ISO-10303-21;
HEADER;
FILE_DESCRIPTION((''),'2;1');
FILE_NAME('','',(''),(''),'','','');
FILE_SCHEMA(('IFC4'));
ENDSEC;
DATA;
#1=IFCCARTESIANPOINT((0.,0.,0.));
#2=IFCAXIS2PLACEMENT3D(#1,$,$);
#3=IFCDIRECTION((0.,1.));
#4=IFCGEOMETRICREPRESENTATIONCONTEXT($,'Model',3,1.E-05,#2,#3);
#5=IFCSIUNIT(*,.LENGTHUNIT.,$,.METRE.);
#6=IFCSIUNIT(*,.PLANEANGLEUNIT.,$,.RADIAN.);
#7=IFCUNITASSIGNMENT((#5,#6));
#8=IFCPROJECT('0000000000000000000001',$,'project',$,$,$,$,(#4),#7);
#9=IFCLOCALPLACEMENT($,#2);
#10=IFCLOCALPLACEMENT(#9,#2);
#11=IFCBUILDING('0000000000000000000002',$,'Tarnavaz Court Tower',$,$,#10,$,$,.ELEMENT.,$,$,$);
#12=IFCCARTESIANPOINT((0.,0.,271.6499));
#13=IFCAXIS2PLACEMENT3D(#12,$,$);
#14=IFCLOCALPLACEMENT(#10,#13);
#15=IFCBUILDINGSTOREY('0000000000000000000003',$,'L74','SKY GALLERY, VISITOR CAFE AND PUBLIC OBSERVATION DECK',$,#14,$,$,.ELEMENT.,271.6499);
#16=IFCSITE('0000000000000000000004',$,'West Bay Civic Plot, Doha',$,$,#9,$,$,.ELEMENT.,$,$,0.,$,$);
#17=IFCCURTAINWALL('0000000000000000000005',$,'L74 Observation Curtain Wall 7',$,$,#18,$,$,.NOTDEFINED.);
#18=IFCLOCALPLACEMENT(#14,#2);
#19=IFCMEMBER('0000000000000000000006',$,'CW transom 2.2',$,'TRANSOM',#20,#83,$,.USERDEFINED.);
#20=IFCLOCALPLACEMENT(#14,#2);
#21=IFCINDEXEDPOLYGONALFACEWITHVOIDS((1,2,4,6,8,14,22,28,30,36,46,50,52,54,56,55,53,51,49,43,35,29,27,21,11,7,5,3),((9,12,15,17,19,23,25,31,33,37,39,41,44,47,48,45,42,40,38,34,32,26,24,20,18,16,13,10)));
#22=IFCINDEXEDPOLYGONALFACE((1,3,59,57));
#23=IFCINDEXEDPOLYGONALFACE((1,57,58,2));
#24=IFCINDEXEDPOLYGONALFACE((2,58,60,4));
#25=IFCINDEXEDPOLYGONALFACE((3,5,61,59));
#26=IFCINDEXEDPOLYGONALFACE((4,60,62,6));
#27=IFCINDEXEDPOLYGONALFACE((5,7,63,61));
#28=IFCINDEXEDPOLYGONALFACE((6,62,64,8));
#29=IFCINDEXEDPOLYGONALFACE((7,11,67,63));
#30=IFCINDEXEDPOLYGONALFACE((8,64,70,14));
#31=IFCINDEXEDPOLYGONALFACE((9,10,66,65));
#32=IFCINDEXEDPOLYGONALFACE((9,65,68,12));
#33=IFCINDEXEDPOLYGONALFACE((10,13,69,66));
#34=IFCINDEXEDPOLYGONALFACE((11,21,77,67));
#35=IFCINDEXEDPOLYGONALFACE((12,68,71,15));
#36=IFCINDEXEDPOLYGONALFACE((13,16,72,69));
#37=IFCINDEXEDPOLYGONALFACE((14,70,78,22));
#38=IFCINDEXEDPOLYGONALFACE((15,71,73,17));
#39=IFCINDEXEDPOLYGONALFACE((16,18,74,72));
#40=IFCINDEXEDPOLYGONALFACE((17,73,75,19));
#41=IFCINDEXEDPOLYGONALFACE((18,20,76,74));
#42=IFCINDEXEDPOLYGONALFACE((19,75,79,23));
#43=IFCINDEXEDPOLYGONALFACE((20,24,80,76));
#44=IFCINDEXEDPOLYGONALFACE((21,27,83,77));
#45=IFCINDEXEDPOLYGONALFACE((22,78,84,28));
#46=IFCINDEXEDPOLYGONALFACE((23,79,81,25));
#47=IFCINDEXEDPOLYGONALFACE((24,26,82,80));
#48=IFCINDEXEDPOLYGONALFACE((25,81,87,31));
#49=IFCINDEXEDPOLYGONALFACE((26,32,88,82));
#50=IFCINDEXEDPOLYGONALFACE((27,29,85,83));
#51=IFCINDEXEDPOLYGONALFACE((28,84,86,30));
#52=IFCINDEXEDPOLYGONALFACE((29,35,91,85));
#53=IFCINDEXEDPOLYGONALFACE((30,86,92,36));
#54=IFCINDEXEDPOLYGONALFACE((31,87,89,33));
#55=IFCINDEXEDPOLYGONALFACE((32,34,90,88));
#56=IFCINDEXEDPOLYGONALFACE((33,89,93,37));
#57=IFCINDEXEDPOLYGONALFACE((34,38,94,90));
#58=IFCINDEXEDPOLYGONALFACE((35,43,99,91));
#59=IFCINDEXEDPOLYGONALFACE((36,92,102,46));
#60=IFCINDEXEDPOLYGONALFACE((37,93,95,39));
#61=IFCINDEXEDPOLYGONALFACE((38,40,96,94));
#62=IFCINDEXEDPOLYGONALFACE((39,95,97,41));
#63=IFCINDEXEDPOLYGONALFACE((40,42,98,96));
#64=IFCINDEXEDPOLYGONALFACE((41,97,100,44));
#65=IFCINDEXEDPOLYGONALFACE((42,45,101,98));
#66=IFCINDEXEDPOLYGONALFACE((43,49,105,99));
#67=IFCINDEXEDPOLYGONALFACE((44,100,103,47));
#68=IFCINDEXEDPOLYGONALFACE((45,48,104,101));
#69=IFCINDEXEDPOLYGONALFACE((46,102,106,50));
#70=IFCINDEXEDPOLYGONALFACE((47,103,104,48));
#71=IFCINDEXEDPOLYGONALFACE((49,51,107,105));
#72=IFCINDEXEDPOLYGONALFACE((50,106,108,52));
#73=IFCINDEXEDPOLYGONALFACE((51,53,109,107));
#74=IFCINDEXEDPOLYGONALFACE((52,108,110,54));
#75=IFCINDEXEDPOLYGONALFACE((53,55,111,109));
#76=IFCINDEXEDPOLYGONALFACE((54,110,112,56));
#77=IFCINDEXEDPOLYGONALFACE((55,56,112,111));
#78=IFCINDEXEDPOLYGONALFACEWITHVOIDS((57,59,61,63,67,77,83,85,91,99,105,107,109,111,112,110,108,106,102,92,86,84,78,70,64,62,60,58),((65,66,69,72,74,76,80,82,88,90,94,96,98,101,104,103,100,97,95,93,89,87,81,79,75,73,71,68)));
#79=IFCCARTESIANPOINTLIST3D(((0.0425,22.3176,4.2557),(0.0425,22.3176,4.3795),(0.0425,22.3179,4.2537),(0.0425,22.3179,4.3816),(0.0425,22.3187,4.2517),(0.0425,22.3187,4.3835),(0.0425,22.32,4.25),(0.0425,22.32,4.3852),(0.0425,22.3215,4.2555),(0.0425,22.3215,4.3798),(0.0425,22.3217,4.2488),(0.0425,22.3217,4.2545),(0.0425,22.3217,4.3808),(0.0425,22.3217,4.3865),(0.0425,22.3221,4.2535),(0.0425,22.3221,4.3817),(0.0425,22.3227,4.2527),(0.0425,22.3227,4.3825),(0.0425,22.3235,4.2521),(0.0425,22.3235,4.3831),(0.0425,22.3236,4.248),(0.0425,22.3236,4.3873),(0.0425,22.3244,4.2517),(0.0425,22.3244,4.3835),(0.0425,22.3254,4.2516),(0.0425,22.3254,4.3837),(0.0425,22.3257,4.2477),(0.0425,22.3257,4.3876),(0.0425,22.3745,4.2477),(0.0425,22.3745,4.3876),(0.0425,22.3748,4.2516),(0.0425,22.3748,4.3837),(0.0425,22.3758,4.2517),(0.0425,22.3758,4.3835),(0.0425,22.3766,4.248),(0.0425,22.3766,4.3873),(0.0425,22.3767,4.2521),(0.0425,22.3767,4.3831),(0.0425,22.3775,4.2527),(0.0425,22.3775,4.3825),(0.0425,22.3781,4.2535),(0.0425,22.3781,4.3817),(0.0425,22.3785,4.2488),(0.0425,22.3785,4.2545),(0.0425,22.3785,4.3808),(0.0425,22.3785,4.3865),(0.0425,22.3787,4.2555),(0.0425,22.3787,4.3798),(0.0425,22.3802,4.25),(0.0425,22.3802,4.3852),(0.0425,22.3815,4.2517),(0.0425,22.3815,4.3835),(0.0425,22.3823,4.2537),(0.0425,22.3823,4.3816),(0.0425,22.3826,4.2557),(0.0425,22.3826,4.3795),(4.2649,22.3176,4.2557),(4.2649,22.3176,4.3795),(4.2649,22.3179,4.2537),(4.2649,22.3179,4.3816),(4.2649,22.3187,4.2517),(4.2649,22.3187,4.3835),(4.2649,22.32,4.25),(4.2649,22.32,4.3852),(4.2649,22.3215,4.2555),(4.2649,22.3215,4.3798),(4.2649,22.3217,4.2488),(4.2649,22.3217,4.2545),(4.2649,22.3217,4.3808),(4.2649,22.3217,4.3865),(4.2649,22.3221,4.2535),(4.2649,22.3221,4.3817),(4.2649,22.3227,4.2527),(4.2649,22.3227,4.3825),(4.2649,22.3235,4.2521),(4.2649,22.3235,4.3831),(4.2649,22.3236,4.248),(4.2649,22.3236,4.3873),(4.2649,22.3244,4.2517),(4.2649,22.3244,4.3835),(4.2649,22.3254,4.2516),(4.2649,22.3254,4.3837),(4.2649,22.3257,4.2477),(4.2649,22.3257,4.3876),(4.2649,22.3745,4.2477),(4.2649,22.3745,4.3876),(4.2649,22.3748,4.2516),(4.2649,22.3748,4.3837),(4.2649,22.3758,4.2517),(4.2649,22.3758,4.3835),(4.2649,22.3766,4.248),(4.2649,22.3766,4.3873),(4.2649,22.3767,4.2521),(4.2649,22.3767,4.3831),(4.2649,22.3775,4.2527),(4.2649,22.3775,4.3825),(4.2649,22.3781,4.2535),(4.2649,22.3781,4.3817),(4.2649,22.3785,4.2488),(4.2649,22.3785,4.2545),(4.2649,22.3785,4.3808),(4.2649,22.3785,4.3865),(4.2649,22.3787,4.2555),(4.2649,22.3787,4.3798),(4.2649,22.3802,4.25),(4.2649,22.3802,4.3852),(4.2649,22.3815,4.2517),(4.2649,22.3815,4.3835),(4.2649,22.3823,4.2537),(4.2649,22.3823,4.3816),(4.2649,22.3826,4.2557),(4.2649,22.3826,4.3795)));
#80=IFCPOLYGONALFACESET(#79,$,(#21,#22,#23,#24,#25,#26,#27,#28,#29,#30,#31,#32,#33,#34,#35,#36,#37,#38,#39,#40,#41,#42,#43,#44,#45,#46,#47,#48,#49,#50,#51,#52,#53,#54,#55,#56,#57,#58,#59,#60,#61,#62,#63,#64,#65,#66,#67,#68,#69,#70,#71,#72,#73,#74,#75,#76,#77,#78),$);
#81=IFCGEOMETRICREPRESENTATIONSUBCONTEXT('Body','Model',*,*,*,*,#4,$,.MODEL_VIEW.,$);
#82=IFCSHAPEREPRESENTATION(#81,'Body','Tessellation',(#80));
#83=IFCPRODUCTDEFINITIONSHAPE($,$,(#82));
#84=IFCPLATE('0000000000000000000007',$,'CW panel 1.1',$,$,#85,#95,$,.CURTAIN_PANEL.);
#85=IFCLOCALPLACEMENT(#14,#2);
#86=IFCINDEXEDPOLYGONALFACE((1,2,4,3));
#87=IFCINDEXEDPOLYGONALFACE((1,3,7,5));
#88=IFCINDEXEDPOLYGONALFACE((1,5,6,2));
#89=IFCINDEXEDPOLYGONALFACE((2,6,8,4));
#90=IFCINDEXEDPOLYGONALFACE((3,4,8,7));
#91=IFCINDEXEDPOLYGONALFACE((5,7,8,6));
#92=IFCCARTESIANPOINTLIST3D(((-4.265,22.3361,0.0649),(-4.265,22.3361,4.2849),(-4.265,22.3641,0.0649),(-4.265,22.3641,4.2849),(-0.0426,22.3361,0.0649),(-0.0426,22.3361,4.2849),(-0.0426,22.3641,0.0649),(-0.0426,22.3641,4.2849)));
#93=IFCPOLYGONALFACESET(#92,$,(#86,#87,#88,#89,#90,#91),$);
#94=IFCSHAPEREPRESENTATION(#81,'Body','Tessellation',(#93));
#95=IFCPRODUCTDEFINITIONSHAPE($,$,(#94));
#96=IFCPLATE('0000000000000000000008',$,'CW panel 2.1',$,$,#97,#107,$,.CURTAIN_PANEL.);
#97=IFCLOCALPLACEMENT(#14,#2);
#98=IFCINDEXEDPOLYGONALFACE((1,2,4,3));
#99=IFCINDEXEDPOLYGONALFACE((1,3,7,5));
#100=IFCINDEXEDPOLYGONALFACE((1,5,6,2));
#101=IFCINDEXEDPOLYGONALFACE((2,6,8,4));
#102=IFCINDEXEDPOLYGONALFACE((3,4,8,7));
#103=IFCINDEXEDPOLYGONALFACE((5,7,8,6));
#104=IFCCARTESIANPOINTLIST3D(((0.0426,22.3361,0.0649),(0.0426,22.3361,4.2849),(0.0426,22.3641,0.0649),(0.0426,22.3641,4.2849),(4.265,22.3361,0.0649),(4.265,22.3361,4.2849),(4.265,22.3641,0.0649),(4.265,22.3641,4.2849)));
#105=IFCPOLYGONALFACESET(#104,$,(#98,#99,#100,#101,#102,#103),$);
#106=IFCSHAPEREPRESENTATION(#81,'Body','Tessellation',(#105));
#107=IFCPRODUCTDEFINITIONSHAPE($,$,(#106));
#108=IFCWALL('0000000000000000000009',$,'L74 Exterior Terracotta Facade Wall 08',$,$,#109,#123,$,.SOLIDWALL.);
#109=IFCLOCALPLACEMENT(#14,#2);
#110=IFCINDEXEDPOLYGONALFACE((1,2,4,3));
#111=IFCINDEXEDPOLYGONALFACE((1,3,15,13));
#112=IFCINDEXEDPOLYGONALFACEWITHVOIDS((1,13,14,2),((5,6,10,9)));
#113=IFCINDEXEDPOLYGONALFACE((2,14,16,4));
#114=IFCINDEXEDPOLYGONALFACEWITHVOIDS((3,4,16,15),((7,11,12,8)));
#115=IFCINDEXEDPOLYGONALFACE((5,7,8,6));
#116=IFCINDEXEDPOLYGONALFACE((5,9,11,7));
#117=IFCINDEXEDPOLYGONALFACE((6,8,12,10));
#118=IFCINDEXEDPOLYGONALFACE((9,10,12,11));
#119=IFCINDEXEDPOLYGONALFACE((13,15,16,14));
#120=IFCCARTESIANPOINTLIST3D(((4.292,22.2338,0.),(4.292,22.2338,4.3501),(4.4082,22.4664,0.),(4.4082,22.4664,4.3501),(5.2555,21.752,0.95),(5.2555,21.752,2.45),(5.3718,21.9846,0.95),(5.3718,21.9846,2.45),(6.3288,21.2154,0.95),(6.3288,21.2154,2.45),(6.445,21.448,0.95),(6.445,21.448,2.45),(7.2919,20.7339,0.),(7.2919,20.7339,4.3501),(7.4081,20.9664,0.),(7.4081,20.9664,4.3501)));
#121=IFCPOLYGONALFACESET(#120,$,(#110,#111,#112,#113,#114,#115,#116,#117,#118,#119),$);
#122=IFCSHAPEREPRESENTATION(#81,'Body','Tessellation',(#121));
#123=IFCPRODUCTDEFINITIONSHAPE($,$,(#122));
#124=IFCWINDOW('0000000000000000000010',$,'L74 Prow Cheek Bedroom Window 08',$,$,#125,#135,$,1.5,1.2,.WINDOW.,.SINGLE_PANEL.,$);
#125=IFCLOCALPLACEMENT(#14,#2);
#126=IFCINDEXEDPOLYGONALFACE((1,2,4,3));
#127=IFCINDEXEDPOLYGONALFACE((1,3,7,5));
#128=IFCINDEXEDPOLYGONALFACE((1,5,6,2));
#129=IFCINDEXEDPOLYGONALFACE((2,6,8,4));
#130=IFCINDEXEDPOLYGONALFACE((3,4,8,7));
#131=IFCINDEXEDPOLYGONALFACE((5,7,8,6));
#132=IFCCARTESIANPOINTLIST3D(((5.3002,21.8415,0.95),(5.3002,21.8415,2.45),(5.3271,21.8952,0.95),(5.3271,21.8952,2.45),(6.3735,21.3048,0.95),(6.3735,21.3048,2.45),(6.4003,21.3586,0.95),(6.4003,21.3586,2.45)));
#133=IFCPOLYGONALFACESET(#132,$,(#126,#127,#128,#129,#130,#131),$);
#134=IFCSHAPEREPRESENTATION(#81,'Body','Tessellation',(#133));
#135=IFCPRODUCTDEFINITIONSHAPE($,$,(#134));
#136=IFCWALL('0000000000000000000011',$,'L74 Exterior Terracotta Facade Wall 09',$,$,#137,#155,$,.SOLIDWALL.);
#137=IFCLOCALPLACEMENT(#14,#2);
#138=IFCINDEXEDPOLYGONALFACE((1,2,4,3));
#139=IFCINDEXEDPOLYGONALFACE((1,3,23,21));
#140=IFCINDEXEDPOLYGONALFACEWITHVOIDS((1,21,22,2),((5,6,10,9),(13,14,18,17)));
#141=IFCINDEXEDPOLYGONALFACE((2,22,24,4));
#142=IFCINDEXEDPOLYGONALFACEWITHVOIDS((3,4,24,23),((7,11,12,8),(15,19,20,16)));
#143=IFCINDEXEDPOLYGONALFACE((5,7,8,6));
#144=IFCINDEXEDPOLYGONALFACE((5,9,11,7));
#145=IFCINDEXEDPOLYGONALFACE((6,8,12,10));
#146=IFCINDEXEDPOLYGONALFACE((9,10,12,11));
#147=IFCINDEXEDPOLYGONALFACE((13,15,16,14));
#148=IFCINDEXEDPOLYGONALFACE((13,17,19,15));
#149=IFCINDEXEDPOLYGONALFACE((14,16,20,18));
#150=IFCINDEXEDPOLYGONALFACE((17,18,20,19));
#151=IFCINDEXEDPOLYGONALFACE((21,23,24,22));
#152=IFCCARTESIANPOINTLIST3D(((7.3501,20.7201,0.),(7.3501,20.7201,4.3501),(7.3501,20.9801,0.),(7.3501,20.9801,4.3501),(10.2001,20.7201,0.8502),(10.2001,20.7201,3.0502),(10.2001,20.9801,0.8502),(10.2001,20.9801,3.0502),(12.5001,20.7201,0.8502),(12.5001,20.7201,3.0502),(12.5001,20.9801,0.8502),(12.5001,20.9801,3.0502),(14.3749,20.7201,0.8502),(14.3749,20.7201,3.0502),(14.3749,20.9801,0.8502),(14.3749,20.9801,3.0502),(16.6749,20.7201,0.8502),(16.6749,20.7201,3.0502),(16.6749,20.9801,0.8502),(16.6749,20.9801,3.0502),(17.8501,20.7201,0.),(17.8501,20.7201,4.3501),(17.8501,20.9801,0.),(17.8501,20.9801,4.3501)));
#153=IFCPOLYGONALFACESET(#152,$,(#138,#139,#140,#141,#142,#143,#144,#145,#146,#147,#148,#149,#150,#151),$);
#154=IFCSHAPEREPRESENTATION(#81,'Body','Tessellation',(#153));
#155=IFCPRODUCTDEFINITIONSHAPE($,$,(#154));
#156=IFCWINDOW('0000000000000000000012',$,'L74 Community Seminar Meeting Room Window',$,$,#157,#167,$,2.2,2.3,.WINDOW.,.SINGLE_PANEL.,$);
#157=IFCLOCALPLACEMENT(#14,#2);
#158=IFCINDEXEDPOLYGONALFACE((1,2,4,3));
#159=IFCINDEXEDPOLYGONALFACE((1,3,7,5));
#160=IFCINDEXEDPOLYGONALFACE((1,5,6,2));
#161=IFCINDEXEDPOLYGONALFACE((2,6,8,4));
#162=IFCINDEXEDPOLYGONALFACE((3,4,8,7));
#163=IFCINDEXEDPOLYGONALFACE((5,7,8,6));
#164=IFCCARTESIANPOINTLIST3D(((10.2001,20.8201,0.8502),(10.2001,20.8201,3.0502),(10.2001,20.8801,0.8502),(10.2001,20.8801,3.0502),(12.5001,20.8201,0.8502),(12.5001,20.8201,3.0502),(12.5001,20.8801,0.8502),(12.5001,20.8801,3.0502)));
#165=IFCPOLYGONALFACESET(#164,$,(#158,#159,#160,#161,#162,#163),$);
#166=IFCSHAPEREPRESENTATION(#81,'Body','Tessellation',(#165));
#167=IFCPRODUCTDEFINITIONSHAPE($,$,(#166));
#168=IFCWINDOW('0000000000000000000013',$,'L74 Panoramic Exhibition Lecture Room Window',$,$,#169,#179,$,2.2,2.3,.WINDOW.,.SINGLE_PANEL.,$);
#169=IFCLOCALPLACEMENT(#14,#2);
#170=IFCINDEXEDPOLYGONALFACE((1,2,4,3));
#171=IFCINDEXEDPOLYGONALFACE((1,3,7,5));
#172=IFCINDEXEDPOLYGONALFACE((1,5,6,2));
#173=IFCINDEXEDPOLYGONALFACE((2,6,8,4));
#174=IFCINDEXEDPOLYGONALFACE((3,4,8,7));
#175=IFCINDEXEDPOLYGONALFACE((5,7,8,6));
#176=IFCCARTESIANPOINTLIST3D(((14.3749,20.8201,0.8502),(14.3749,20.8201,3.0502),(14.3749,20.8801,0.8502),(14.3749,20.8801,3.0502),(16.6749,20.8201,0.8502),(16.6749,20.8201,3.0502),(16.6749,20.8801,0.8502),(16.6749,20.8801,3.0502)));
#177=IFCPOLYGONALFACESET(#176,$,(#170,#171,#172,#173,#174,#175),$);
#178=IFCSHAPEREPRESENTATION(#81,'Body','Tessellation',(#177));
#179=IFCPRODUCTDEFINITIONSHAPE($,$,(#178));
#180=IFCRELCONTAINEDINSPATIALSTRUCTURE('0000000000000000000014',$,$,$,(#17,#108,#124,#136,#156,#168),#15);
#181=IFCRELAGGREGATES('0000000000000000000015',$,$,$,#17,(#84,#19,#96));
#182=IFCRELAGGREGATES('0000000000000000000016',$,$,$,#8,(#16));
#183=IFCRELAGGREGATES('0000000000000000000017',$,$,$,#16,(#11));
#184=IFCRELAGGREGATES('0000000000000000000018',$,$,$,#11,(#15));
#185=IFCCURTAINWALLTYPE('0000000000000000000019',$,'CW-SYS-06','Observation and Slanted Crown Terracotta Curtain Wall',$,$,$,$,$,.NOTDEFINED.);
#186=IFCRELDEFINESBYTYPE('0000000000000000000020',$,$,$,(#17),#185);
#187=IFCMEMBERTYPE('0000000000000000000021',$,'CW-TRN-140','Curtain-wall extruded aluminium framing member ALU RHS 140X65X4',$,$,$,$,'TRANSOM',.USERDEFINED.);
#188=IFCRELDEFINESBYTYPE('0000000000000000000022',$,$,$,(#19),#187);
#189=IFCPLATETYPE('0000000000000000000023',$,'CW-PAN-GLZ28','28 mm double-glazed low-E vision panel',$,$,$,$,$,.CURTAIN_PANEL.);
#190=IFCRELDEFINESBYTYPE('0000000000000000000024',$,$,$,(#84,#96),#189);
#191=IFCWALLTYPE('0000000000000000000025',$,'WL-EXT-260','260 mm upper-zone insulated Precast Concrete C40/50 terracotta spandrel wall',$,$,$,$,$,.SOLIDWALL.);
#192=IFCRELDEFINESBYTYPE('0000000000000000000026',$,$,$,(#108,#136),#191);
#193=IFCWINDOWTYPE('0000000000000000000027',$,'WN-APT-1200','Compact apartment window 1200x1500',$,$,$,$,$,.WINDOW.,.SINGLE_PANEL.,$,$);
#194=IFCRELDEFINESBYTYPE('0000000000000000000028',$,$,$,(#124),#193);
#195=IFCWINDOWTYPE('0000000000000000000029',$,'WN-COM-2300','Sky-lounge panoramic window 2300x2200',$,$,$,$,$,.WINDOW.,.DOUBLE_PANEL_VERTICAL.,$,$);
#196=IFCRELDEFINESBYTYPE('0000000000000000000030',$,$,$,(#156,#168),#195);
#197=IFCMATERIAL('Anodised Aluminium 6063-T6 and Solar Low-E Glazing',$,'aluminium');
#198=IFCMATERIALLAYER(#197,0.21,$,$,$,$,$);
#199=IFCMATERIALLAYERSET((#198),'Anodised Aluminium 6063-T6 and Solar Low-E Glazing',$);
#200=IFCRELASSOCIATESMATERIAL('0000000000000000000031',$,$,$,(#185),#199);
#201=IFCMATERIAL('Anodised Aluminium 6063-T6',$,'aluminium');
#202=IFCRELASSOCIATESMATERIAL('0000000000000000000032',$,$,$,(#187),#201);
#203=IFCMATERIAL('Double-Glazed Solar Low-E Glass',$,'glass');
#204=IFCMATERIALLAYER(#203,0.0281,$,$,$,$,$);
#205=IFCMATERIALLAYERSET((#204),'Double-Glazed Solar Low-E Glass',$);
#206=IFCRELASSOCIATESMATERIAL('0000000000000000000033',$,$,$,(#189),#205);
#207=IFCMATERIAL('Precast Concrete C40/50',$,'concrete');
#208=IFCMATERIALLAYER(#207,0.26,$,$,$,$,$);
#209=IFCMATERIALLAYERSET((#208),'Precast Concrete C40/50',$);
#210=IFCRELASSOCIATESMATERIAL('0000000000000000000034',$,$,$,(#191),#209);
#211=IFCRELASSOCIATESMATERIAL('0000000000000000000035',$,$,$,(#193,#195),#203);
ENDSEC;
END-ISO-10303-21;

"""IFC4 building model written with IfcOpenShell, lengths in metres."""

from ifc_helpers import new_model, si_unit, direction, frame, frame_2d, origin, origin_2d, place, context, subcontext, project, spatial, rectangle, hollow_rectangle, extrude, material, layer, layer_set, material_profile, profile_set, type_object, element, fill, aggregate, save


model = new_model("IFC4")

# Units and contexts
model_context = context("Model", 3, precision=1e-05, world=origin(), true_north=direction((0.0, 1.0)))
body_context = subcontext(model_context, "Body", "Model", "MODEL_VIEW")
ifc_project = project(units=[si_unit("LENGTHUNIT", "METRE"), si_unit("PLANEANGLEUNIT", "RADIAN")], contexts=[model_context])

# Site, building, storey
site_placement = place(None, origin())
site = spatial("IfcSite", under=ifc_project, at=site_placement, Name="West Bay Civic Plot, Doha", CompositionType="ELEMENT", RefElevation=0.0)
building_placement = place(site_placement, origin())
building = spatial("IfcBuilding", under=site, at=building_placement, Name="Tarnavaz Court Tower", CompositionType="ELEMENT")
storey_placement = place(building_placement, frame((0.0, 0.0, 271.6499)))
storey = spatial("IfcBuildingStorey", under=building, at=storey_placement, Name="L74", Description="SKY GALLERY, VISITOR CAFE AND PUBLIC OBSERVATION DECK", CompositionType="ELEMENT", Elevation=271.6499)

# Curtain wall, member, plates
ifc_material_1 = material(Name="Anodised Aluminium 6063-T6 and Solar Low-E Glazing", Category="aluminium")
ifc_layer_1 = layer(ifc_material_1, 0.21)
ifc_layer_set_1 = layer_set([ifc_layer_1], Name="Anodised Aluminium 6063-T6 and Solar Low-E Glazing")
curtain_wall_type = type_object("IfcCurtainWallType", Name="CW-SYS-06", Description="Observation and Slanted Crown Terracotta Curtain Wall", PredefinedType="NOTDEFINED", material=ifc_layer_set_1)
curtain_wall_placement = place(storey_placement, origin())
curtain_wall = element("IfcCurtainWall", 1, at=curtain_wall_placement, inside=storey, type_object=curtain_wall_type, Name="L74 Observation Curtain Wall 7", PredefinedType="NOTDEFINED")
ifc_material_2 = material(Name="Anodised Aluminium 6063-T6", Category="aluminium")
ifc_material_profile_1 = material_profile(ifc_material_2, hollow_rectangle(XDim=0.0649, YDim=0.1399, WallThickness=0.0039, InnerFilletRadius=0.0039, OuterFilletRadius=0.0081, at=origin_2d()), Name="ALU RHS 140X65X4")
ifc_profile_set_1 = profile_set([ifc_material_profile_1], Name="Anodised Aluminium 6063-T6")
member_type_1 = type_object("IfcMemberType", Name="CW-TRN-140", Description="Curtain-wall extruded aluminium framing member ALU RHS 140X65X4", ElementType="TRANSOM", PredefinedType="USERDEFINED", material=ifc_profile_set_1)
member_1_placement = place(storey_placement, frame((0.0425, 22.3501, 4.3176), z_axis=(1.0, 0.0, 0.0), x_axis=(0.0, 1.0, 0.0)))
member_1 = element("IfcMember", 2, at=member_1_placement, type_object=member_type_1, Name="CW transom 2.2", ObjectType="TRANSOM", PredefinedType="USERDEFINED", context=body_context, shape_type="SweptSolid", body=[
    extrude(hollow_rectangle(XDim=0.0649, YDim=0.1399, WallThickness=0.0039, InnerFilletRadius=0.0039, OuterFilletRadius=0.0081, at=origin_2d()), origin(), (0.0, 0.0, 1.0), 4.2224),
])
ifc_material_3 = material(Name="Double-Glazed Solar Low-E Glass", Category="glass")
ifc_layer_2 = layer(ifc_material_3, 0.0281)
ifc_layer_set_2 = layer_set([ifc_layer_2], Name="Double-Glazed Solar Low-E Glass")
plate_type = type_object("IfcPlateType", Name="CW-PAN-GLZ28", Description="28 mm double-glazed low-E vision panel", PredefinedType="CURTAIN_PANEL", material=ifc_layer_set_2)
plate_1_placement = place(storey_placement, frame((-2.1538, 22.3501, 0.0649), z_axis=(0.0, 0.0, 1.0), x_axis=(1.0, 0.0, 0.0)))
plate_1 = element("IfcPlate", 3, at=plate_1_placement, type_object=plate_type, Name="CW panel 1.1", PredefinedType="CURTAIN_PANEL", context=body_context, shape_type="SweptSolid", body=[
    extrude(rectangle(XDim=4.2224, YDim=0.0281, at=origin_2d()), origin(), (0.0, 0.0, 1.0), 4.22),
])
plate_2_placement = place(storey_placement, frame((2.1538, 22.3501, 0.0649), z_axis=(0.0, 0.0, 1.0), x_axis=(1.0, 0.0, 0.0)))
plate_2 = element("IfcPlate", 4, at=plate_2_placement, type_object=plate_type, Name="CW panel 2.1", PredefinedType="CURTAIN_PANEL", context=body_context, shape_type="SweptSolid", body=[
    extrude(rectangle(XDim=4.2224, YDim=0.0281, at=origin_2d()), origin(), (0.0, 0.0, 1.0), 4.22),
])
aggregate(curtain_wall, [plate_1, member_1, plate_2])

# Wall, opening, window
ifc_material_4 = material(Name="Precast Concrete C40/50", Category="concrete")
ifc_layer_3 = layer(ifc_material_4, 0.26)
ifc_layer_set_3 = layer_set([ifc_layer_3], Name="Precast Concrete C40/50")
wall_type = type_object("IfcWallType", Name="WL-EXT-260", Description="260 mm upper-zone insulated Precast Concrete C40/50 terracotta spandrel wall", PredefinedType="SOLIDWALL", material=ifc_layer_set_3)
wall_1_placement = place(storey_placement, frame((4.3501, 22.3501, 0.0), z_axis=(0.0, 0.0, 1.0), x_axis=(0.894427, -0.447214, 0.0)))
wall_1 = element("IfcWall", 5, at=wall_1_placement, inside=storey, type_object=wall_type, Name="L74 Exterior Terracotta Facade Wall 08", PredefinedType="SOLIDWALL", context=body_context, shape_type="SweptSolid", body=[
    extrude(rectangle(XDim=3.354, YDim=0.26, at=frame_2d((1.677, 0.0))), origin(), (0.0, 0.0, 1.0), 4.3501),
])
opening_1_placement = place(wall_1_placement, frame((1.0771, 0.0, 0.95)))
opening_1 = element("IfcOpeningElement", 6, at=opening_1_placement, cuts=wall_1, PredefinedType="OPENING", context=body_context, shape_type="SweptSolid", body=[
    extrude(rectangle(XDim=1.2, YDim=1.5, at=frame_2d((0.6001, 0.75))), frame((0.0, 0.1399, 0.0), z_axis=(0.0, -1.0, 0.0), x_axis=(1.0, 0.0, 0.0)), (0.0, 0.0, 1.0), 0.28),
])
window_type_1 = type_object("IfcWindowType", Name="WN-APT-1200", Description="Compact apartment window 1200x1500", PartitioningType="SINGLE_PANEL", PredefinedType="WINDOW", material=ifc_material_3)
window_1_placement = place(opening_1_placement, origin())
window_1 = element("IfcWindow", 7, at=window_1_placement, inside=storey, type_object=window_type_1, Name="L74 Prow Cheek Bedroom Window 08", OverallHeight=1.5, OverallWidth=1.2, PartitioningType="SINGLE_PANEL", PredefinedType="WINDOW", context=body_context, shape_type="SweptSolid", body=[
    extrude(rectangle(XDim=1.2, YDim=1.5, at=frame_2d((0.6001, 0.75))), frame((0.0, 0.03, 0.0), z_axis=(0.0, -1.0, 0.0), x_axis=(1.0, 0.0, 0.0)), (0.0, 0.0, 1.0), 0.0601),
])
fill(opening_1, window_1)

# Wall, openings, windows
wall_2_placement = place(storey_placement, frame((7.3501, 20.8501, 0.0), z_axis=(0.0, 0.0, 1.0), x_axis=(1.0, 0.0, 0.0)))
wall_2 = element("IfcWall", 8, at=wall_2_placement, inside=storey, type_object=wall_type, Name="L74 Exterior Terracotta Facade Wall 09", PredefinedType="SOLIDWALL", context=body_context, shape_type="SweptSolid", body=[
    extrude(rectangle(XDim=10.5, YDim=0.26, at=frame_2d((5.25, 0.0))), origin(), (0.0, 0.0, 1.0), 4.3501),
])
opening_2_placement = place(wall_2_placement, frame((2.8501, 0.0, 0.8501)))
opening_2 = element("IfcOpeningElement", 9, at=opening_2_placement, cuts=wall_2, PredefinedType="OPENING", context=body_context, shape_type="SweptSolid", body=[
    extrude(rectangle(XDim=2.3, YDim=2.2, at=frame_2d((1.1499, 1.1001))), frame((0.0, 0.1399, 0.0), z_axis=(0.0, -1.0, 0.0), x_axis=(1.0, 0.0, 0.0)), (0.0, 0.0, 1.0), 0.28),
])
opening_3_placement = place(wall_2_placement, frame((7.0249, 0.0, 0.8501)))
opening_3 = element("IfcOpeningElement", 10, at=opening_3_placement, cuts=wall_2, PredefinedType="OPENING", context=body_context, shape_type="SweptSolid", body=[
    extrude(rectangle(XDim=2.3, YDim=2.2, at=frame_2d((1.1499, 1.1001))), frame((0.0, 0.1399, 0.0), z_axis=(0.0, -1.0, 0.0), x_axis=(1.0, 0.0, 0.0)), (0.0, 0.0, 1.0), 0.28),
])
window_type_2 = type_object("IfcWindowType", Name="WN-COM-2300", Description="Sky-lounge panoramic window 2300x2200", PartitioningType="DOUBLE_PANEL_VERTICAL", PredefinedType="WINDOW", material=ifc_material_3)
window_2_placement = place(opening_2_placement, origin())
window_2 = element("IfcWindow", 11, at=window_2_placement, inside=storey, type_object=window_type_2, Name="L74 Community Seminar Meeting Room Window", OverallHeight=2.2, OverallWidth=2.3, PartitioningType="SINGLE_PANEL", PredefinedType="WINDOW", context=body_context, shape_type="SweptSolid", body=[
    extrude(rectangle(XDim=2.3, YDim=2.2, at=frame_2d((1.1499, 1.1001))), frame((0.0, 0.03, 0.0), z_axis=(0.0, -1.0, 0.0), x_axis=(1.0, 0.0, 0.0)), (0.0, 0.0, 1.0), 0.0601),
])
fill(opening_2, window_2)
window_3_placement = place(opening_3_placement, origin())
window_3 = element("IfcWindow", 12, at=window_3_placement, inside=storey, type_object=window_type_2, Name="L74 Panoramic Exhibition Lecture Room Window", OverallHeight=2.2, OverallWidth=2.3, PartitioningType="SINGLE_PANEL", PredefinedType="WINDOW", context=body_context, shape_type="SweptSolid", body=[
    extrude(rectangle(XDim=2.3, YDim=2.2, at=frame_2d((1.1499, 1.1001))), frame((0.0, 0.03, 0.0), z_axis=(0.0, -1.0, 0.0), x_axis=(1.0, 0.0, 0.0)), (0.0, 0.0, 1.0), 0.0601),
])
fill(opening_3, window_3)

save(model, "model.ifc")
